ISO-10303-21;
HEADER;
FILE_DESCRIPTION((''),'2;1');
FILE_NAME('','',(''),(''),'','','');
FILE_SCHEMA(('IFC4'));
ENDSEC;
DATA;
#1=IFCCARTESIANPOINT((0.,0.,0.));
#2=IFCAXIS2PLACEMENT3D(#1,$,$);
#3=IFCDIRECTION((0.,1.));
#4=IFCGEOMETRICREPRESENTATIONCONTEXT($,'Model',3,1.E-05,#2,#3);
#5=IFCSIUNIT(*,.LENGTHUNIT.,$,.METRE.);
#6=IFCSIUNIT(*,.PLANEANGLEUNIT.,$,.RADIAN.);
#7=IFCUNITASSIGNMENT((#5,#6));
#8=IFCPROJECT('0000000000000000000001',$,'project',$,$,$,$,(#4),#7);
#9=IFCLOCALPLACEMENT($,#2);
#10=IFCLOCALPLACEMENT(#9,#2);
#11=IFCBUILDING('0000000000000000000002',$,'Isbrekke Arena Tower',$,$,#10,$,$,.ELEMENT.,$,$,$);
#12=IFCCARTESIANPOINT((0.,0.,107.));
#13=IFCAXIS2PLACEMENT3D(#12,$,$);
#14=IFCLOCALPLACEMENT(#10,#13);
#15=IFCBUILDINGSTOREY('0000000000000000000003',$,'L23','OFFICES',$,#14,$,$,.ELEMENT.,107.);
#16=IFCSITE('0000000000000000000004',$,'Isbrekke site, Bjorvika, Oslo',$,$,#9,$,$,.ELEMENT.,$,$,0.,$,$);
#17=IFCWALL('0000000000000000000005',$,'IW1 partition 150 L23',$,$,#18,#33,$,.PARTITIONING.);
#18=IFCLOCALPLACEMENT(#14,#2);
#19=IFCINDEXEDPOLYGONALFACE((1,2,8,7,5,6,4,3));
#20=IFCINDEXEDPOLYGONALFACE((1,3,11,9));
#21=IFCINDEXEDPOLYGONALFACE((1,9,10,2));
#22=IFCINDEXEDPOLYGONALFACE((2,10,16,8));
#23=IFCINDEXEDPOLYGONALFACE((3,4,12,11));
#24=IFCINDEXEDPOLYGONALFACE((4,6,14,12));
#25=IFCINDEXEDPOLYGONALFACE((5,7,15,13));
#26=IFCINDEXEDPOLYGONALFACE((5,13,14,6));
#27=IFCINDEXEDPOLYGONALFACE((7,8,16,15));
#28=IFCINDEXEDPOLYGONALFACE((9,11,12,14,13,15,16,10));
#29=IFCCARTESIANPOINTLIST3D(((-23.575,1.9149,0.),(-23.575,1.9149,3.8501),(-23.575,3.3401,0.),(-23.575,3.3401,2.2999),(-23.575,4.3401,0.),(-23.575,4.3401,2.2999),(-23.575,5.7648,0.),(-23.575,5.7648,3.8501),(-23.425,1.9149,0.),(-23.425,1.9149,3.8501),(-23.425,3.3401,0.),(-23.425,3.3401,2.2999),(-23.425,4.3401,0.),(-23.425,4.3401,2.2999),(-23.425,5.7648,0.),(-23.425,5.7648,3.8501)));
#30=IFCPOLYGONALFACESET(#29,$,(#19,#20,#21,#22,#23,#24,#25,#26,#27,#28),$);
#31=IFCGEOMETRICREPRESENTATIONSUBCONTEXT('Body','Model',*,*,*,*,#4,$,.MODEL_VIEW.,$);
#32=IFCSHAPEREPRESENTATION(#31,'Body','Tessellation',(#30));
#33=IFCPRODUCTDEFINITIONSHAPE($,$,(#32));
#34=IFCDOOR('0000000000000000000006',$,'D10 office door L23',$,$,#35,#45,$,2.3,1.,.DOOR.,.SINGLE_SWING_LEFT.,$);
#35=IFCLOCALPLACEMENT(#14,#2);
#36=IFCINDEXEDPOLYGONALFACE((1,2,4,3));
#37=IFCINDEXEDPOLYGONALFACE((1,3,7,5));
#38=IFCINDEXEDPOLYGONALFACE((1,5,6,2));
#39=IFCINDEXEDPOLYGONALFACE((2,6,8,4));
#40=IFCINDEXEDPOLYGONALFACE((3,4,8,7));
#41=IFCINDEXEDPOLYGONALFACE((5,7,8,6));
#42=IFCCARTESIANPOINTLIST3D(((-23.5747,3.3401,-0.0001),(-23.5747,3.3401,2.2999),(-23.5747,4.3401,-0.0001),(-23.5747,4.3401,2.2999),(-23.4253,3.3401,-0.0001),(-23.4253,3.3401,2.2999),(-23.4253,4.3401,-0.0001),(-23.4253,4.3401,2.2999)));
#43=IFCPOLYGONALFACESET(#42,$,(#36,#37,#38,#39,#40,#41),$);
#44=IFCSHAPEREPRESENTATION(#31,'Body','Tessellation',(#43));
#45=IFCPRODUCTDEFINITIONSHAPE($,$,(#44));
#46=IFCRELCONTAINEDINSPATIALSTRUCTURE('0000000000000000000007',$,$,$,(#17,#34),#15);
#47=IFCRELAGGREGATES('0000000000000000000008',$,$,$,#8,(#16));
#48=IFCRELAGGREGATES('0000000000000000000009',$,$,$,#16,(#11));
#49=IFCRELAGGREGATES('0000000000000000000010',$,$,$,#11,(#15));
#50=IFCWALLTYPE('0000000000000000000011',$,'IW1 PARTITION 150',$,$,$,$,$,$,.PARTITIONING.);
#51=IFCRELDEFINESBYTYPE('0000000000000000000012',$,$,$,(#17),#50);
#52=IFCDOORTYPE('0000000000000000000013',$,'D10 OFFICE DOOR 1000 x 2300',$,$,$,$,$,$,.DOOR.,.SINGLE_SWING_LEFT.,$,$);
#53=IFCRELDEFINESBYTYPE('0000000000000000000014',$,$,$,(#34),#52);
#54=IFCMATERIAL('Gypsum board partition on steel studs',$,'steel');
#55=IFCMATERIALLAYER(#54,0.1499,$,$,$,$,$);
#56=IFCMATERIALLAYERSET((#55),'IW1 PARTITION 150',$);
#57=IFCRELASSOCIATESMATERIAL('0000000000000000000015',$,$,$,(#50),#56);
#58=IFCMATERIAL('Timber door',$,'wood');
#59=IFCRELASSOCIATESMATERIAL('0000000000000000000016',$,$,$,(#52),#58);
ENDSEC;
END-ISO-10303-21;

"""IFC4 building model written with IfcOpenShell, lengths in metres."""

from ifc_helpers import new_model, si_unit, direction, frame, frame_2d, origin, place, context, subcontext, project, spatial, rectangle, extrude, material, layer, layer_set, type_object, element, fill, save


model = new_model("IFC4")

# Units and contexts
model_context = context("Model", 3, precision=1e-05, world=origin(), true_north=direction((0.0, 1.0)))
body_context = subcontext(model_context, "Body", "Model", "MODEL_VIEW")
ifc_project = project(units=[si_unit("LENGTHUNIT", "METRE"), si_unit("PLANEANGLEUNIT", "RADIAN")], contexts=[model_context])

# Site, building, storey
site_placement = place(None, origin())
site = spatial("IfcSite", under=ifc_project, at=site_placement, Name="Isbrekke site, Bjorvika, Oslo", CompositionType="ELEMENT", RefElevation=0.0)
building_placement = place(site_placement, origin())
building = spatial("IfcBuilding", under=site, at=building_placement, Name="Isbrekke Arena Tower", CompositionType="ELEMENT")
storey_placement = place(building_placement, frame((0.0, 0.0, 107.0)))
storey = spatial("IfcBuildingStorey", under=building, at=storey_placement, Name="L23", Description="OFFICES", CompositionType="ELEMENT", Elevation=107.0)

# Shared definitions
ifc_material_1 = material(Name="Gypsum board partition on steel studs", Category="steel")
ifc_layer_1 = layer(ifc_material_1, 0.1499)
ifc_layer_set_1 = layer_set([ifc_layer_1], Name="IW1 PARTITION 150")
wall_type = type_object("IfcWallType", Name="IW1 PARTITION 150", PredefinedType="PARTITIONING", material=ifc_layer_set_1)

# Wall, opening, door
ifc_material_2 = material(Name="Timber door", Category="wood")
door_type = type_object("IfcDoorType", Name="D10 OFFICE DOOR 1000 x 2300", OperationType="SINGLE_SWING_LEFT", PredefinedType="DOOR", material=ifc_material_2)
wall_1_placement = place(storey_placement, frame((-23.5, 1.915, 0.0), z_axis=(0.0, 0.0, 1.0), x_axis=(0.0, 1.0, 0.0)))
wall_1 = element("IfcWall", 1, at=wall_1_placement, inside=storey, type_object=wall_type, Name="IW1 partition 150 L23", PredefinedType="PARTITIONING", context=body_context, shape_type="SweptSolid", body=[
    extrude(rectangle(XDim=3.8499, YDim=0.1499, at=frame_2d((1.9248, 0.0))), origin(), (0.0, 0.0, 1.0), 3.8501),
])
opening_1_placement = place(wall_1_placement, frame((1.425, 0.0, 0.0)))
opening_1 = element("IfcOpeningElement", 2, at=opening_1_placement, cuts=wall_1, PredefinedType="OPENING", context=body_context, shape_type="SweptSolid", body=[
    extrude(rectangle(XDim=1.0, YDim=2.3, at=frame_2d((0.5, 1.1499))), frame((0.0, 0.0898, 0.0), z_axis=(0.0, -1.0, 0.0), x_axis=(1.0, 0.0, 0.0)), (0.0, 0.0, 1.0), 0.1797),
])
door_1_placement = place(opening_1_placement, origin())
door_1 = element("IfcDoor", 3, at=door_1_placement, inside=storey, type_object=door_type, Name="D10 office door L23", OperationType="SINGLE_SWING_LEFT", OverallHeight=2.3, OverallWidth=1.0, PredefinedType="DOOR", context=body_context, shape_type="SweptSolid", body=[
    extrude(rectangle(XDim=1.0, YDim=2.3, at=frame_2d((0.5, 1.1499))), frame((0.0, 0.0747, 0.0), z_axis=(0.0, -1.0, 0.0), x_axis=(1.0, 0.0, 0.0)), (0.0, 0.0, 1.0), 0.1494),
])
fill(opening_1, door_1)

save(model, "model.ifc")
